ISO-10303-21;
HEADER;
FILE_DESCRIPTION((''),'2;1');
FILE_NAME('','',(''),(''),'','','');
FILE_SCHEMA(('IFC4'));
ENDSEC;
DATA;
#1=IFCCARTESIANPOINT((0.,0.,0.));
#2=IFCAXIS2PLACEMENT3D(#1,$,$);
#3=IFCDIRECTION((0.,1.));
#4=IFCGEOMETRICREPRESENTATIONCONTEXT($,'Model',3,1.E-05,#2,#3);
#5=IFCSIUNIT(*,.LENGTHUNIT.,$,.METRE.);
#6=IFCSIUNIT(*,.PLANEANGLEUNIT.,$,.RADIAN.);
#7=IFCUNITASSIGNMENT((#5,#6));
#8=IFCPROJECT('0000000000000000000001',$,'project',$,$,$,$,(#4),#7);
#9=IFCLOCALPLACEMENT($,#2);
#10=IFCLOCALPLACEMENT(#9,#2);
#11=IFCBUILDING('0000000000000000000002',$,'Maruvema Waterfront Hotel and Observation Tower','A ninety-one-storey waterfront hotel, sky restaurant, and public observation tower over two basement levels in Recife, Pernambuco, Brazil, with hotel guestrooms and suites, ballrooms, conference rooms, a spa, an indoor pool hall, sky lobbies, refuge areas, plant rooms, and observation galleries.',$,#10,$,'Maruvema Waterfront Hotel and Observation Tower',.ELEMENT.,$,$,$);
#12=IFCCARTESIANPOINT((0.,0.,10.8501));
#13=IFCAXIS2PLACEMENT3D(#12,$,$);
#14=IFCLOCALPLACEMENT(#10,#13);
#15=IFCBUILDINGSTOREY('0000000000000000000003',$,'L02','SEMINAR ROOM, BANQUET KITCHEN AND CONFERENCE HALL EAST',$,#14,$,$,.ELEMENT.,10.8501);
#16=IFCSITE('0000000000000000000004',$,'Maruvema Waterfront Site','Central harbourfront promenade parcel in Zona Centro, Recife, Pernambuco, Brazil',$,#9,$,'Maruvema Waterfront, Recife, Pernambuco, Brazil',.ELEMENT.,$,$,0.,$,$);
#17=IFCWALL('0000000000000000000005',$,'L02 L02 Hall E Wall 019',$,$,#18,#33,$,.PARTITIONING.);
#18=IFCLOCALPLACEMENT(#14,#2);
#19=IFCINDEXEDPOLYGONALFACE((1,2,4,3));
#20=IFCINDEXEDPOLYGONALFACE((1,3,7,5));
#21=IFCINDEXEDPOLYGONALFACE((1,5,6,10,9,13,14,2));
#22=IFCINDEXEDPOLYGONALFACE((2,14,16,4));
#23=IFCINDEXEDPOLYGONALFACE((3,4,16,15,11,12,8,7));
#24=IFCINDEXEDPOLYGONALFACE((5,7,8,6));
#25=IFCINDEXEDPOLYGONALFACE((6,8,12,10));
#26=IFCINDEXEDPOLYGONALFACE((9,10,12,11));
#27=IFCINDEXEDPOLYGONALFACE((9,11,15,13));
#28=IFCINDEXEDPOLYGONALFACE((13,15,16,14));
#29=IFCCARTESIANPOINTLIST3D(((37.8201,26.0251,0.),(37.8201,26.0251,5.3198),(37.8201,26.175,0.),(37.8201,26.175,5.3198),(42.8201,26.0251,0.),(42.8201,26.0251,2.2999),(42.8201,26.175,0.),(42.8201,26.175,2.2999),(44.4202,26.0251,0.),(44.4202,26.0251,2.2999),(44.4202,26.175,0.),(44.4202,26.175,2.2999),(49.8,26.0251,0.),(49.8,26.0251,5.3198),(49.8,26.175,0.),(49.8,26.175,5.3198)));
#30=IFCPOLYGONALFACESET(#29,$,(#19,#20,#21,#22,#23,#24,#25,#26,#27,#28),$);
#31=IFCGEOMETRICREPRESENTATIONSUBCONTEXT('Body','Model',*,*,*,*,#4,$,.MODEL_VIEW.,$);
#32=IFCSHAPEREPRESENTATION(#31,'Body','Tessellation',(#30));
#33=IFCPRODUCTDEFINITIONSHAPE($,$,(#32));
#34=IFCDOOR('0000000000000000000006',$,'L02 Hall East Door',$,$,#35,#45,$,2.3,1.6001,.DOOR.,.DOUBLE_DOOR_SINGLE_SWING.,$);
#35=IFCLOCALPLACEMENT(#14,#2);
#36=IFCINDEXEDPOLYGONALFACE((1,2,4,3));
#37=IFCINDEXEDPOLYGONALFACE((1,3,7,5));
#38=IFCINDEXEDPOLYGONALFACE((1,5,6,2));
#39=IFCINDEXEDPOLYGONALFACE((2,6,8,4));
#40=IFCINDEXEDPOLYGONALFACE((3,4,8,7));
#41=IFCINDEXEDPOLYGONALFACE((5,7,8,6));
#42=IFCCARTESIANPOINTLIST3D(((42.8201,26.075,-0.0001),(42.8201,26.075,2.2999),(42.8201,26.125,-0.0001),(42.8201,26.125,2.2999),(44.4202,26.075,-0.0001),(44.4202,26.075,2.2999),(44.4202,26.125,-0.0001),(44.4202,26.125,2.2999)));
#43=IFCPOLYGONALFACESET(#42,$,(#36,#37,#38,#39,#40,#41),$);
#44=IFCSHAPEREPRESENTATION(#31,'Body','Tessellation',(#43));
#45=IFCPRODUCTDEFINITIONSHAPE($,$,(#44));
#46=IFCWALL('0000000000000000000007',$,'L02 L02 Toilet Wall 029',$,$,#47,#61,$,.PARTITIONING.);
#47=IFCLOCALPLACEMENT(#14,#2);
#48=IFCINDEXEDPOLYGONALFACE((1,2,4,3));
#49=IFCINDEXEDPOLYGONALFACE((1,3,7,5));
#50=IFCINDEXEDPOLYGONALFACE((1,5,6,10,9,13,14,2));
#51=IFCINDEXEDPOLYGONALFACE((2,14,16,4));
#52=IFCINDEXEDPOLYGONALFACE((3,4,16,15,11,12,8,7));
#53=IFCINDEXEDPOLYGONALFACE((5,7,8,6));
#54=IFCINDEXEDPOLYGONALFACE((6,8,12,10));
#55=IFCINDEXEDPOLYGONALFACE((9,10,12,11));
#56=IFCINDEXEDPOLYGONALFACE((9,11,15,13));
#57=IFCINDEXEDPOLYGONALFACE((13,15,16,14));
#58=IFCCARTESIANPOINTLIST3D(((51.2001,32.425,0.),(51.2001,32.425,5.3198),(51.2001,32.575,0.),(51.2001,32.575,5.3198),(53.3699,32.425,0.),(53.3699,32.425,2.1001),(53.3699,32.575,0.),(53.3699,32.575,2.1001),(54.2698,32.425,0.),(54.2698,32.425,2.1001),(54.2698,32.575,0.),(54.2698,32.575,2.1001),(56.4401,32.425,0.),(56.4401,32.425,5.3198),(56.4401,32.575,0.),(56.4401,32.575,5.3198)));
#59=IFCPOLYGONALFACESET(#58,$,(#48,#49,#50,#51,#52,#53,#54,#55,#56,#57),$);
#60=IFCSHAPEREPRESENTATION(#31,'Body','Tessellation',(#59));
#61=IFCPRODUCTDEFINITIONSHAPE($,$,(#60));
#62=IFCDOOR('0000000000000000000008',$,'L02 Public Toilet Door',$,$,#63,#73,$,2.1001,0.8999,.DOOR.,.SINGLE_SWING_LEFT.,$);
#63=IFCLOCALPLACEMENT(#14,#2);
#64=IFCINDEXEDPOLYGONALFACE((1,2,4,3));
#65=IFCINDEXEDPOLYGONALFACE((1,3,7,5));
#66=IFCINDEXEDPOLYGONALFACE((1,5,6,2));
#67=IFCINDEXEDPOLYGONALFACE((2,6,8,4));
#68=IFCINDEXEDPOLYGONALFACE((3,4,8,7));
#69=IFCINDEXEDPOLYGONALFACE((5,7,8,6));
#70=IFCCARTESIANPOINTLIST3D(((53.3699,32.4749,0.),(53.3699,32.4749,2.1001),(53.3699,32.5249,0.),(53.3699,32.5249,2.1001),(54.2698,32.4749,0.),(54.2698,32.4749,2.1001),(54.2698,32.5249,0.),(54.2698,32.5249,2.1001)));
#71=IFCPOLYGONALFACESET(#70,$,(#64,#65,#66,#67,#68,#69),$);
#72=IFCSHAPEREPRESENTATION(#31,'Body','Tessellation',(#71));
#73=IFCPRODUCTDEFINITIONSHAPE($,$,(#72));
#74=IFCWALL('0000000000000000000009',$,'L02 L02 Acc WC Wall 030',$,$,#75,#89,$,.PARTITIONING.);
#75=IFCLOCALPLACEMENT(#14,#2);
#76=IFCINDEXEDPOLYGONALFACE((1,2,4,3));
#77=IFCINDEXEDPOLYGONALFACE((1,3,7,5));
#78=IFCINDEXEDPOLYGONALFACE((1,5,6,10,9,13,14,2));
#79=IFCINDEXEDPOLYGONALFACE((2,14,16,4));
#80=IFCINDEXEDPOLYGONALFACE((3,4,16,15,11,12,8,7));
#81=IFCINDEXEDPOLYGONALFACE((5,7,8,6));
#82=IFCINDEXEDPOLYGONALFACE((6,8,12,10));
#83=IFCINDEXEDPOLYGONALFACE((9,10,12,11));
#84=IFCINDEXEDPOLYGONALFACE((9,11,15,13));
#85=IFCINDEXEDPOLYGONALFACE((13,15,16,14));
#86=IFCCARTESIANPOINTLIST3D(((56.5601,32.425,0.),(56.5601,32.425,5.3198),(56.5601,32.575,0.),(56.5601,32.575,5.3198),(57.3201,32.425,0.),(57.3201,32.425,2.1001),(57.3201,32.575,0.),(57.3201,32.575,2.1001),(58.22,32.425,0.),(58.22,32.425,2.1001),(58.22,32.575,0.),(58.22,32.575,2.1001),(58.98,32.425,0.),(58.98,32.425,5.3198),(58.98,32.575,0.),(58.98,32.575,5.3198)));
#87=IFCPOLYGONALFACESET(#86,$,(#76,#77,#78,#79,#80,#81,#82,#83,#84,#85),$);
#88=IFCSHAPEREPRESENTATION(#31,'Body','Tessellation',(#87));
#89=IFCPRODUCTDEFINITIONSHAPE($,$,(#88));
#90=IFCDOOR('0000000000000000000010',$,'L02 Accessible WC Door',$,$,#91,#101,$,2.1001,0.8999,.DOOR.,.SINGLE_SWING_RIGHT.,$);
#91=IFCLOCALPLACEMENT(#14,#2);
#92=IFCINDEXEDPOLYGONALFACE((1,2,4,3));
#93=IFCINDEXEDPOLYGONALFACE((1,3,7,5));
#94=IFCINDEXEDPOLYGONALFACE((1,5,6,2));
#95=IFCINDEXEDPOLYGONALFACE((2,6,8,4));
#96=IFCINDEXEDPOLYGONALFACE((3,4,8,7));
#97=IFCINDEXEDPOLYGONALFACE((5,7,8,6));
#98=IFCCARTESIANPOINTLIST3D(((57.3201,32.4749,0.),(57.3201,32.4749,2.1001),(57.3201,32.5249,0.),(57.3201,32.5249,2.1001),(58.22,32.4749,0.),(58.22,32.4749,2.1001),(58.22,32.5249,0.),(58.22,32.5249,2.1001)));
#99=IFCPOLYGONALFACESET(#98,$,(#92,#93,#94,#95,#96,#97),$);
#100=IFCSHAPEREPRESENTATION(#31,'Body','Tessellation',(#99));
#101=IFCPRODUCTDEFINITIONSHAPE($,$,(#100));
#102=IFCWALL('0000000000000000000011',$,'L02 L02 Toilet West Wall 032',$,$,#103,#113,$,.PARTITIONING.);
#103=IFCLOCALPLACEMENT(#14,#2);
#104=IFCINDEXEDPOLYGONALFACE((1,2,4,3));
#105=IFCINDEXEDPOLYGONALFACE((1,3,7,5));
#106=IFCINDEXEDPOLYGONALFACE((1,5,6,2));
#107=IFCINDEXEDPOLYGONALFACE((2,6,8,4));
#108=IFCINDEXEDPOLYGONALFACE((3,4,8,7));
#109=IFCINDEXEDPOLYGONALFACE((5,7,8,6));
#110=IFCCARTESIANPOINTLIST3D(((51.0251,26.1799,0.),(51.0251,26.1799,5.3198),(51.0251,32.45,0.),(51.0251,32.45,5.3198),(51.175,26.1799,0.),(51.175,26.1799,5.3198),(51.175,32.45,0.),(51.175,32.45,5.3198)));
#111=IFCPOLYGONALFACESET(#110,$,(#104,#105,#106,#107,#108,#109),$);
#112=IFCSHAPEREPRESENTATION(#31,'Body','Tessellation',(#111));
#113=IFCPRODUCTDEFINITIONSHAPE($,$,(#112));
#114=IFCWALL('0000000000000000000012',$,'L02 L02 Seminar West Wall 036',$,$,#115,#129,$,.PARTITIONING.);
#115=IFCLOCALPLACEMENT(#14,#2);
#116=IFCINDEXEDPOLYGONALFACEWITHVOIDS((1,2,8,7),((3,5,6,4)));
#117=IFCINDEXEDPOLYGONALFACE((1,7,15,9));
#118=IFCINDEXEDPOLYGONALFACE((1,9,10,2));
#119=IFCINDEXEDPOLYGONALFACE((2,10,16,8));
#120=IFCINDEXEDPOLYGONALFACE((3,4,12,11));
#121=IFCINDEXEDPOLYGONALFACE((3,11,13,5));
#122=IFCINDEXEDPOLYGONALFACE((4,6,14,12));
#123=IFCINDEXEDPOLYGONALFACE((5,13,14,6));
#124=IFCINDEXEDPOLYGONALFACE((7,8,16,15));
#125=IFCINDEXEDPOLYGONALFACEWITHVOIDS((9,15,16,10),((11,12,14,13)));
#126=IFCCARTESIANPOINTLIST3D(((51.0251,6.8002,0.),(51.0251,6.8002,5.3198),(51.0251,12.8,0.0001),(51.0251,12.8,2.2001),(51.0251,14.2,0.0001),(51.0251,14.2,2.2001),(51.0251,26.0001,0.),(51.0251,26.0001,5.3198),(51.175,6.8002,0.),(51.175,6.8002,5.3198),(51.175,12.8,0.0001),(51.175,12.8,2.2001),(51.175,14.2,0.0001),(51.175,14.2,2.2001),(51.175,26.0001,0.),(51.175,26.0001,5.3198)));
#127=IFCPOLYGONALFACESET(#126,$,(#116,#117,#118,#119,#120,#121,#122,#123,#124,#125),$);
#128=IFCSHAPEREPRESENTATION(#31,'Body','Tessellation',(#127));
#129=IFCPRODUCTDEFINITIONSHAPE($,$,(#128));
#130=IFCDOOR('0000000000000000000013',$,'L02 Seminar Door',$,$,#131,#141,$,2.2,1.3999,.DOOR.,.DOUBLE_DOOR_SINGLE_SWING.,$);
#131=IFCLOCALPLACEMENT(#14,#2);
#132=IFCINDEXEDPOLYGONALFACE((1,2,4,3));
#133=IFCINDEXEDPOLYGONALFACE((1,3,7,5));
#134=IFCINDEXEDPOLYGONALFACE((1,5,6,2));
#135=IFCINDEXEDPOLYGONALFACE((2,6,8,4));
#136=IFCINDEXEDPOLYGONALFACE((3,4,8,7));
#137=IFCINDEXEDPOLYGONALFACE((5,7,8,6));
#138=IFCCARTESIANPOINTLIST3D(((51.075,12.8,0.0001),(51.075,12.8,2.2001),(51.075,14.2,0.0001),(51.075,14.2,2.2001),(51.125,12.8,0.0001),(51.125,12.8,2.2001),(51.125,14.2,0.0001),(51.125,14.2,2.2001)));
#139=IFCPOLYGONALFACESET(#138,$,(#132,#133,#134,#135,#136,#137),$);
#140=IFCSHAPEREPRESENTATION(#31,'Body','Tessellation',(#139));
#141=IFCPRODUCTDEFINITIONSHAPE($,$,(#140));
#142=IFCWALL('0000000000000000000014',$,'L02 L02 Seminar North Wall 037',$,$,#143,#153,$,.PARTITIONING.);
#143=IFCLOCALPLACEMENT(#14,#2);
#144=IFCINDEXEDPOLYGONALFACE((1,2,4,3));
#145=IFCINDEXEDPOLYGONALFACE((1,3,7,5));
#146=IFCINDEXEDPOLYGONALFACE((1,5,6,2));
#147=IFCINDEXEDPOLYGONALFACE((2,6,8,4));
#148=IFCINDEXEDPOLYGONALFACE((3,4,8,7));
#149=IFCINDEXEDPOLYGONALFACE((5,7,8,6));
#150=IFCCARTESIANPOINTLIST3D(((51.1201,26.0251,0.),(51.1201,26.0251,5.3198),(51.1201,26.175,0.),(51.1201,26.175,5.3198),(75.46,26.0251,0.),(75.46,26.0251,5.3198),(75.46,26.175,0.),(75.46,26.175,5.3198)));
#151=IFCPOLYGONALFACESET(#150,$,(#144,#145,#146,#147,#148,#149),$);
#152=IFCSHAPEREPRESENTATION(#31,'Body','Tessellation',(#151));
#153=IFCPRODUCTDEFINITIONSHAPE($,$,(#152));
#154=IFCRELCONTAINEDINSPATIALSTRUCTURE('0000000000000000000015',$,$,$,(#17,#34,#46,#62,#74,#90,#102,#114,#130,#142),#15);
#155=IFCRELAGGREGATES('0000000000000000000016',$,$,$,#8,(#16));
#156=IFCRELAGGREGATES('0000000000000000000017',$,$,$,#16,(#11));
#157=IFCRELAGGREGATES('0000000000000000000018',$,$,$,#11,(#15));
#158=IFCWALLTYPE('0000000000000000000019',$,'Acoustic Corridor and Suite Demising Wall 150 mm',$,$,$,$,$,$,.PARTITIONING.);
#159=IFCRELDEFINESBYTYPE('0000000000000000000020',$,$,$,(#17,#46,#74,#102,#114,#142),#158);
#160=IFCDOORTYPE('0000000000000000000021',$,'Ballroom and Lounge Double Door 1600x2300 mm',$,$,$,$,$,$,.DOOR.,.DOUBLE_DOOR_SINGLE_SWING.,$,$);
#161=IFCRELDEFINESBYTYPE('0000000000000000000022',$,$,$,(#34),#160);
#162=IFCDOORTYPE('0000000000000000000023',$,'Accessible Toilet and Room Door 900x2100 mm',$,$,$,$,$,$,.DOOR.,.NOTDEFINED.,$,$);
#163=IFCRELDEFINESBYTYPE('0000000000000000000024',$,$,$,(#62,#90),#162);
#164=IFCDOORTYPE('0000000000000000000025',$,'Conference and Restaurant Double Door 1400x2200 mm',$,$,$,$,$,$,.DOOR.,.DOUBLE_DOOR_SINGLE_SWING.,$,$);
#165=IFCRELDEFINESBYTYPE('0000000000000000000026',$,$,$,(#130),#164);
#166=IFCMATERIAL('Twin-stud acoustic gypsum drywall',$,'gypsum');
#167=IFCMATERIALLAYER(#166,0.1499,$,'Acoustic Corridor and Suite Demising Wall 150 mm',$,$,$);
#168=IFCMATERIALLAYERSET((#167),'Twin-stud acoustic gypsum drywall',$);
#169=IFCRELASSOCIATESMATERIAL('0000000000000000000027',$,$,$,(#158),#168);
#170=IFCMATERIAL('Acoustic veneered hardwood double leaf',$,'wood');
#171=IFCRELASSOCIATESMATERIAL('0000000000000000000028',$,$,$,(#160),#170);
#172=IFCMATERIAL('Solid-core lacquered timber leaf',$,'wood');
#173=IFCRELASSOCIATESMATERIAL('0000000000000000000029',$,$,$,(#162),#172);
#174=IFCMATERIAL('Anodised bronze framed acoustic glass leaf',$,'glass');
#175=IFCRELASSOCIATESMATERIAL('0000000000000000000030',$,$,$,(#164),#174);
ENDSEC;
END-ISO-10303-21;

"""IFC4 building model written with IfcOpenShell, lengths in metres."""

from ifc_helpers import new_model, si_unit, direction, frame, frame_2d, origin, place, context, subcontext, project, spatial, rectangle, extrude, material, layer, layer_set, type_object, element, fill, save


model = new_model("IFC4")

# Units and contexts
model_context = context("Model", 3, precision=1e-05, world=origin(), true_north=direction((0.0, 1.0)))
body_context = subcontext(model_context, "Body", "Model", "MODEL_VIEW")
ifc_project = project(units=[si_unit("LENGTHUNIT", "METRE"), si_unit("PLANEANGLEUNIT", "RADIAN")], contexts=[model_context])

# Site, building, storey
site_placement = place(None, origin())
site = spatial("IfcSite", under=ifc_project, at=site_placement, Name="Maruvema Waterfront Site", Description="Central harbourfront promenade parcel in Zona Centro, Recife, Pernambuco, Brazil", LongName="Maruvema Waterfront, Recife, Pernambuco, Brazil", CompositionType="ELEMENT", RefElevation=0.0)
building_placement = place(site_placement, origin())
building = spatial("IfcBuilding", under=site, at=building_placement, Name="Maruvema Waterfront Hotel and Observation Tower", Description="A ninety-one-storey waterfront hotel, sky restaurant, and public observation tower over two basement levels in Recife, Pernambuco, Brazil, with hotel guestrooms and suites, ballrooms, conference rooms, a spa, an indoor pool hall, sky lobbies, refuge areas, plant rooms, and observation galleries.", LongName="Maruvema Waterfront Hotel and Observation Tower", CompositionType="ELEMENT")
storey_placement = place(building_placement, frame((0.0, 0.0, 10.8501)))
storey = spatial("IfcBuildingStorey", under=building, at=storey_placement, Name="L02", Description="SEMINAR ROOM, BANQUET KITCHEN AND CONFERENCE HALL EAST", CompositionType="ELEMENT", Elevation=10.8501)

# Walls, openings, doors
ifc_material_1 = material(Name="Twin-stud acoustic gypsum drywall", Category="gypsum")
ifc_layer_1 = layer(ifc_material_1, 0.1499, Name="Acoustic Corridor and Suite Demising Wall 150 mm")
ifc_layer_set_1 = layer_set([ifc_layer_1], Name="Twin-stud acoustic gypsum drywall")
wall_type_1 = type_object("IfcWallType", Name="Acoustic Corridor and Suite Demising Wall 150 mm", PredefinedType="PARTITIONING", material=ifc_layer_set_1)
wall_1_placement = place(storey_placement, frame((37.8201, 26.1001, 0.0), z_axis=(0.0, 0.0, 1.0), x_axis=(1.0, 0.0, 0.0)))
wall_1 = element("IfcWall", 1, at=wall_1_placement, inside=storey, type_object=wall_type_1, Name="L02 L02 Hall E Wall 019", PredefinedType="PARTITIONING", context=body_context, shape_type="SweptSolid", body=[
    extrude(rectangle(XDim=11.98, YDim=0.1499, at=frame_2d((5.99, 0.0))), origin(), (0.0, 0.0, 1.0), 5.3198),
])
opening_1_placement = place(wall_1_placement, frame((5.0, 0.0, 0.0)))
opening_1 = element("IfcOpeningElement", 2, at=opening_1_placement, cuts=wall_1, PredefinedType="OPENING", context=body_context, shape_type="SweptSolid", body=[
    extrude(rectangle(XDim=1.6001, YDim=2.3, at=frame_2d((0.8, 1.1499))), frame((0.0, 0.085, 0.0), z_axis=(0.0, -1.0, 0.0), x_axis=(1.0, 0.0, 0.0)), (0.0, 0.0, 1.0), 0.1699),
])
ifc_material_2 = material(Name="Acoustic veneered hardwood double leaf", Category="wood")
door_type_1 = type_object("IfcDoorType", Name="Ballroom and Lounge Double Door 1600x2300 mm", OperationType="DOUBLE_DOOR_SINGLE_SWING", PredefinedType="DOOR", material=ifc_material_2)
door_1_placement = place(opening_1_placement, origin())
door_1 = element("IfcDoor", 3, at=door_1_placement, inside=storey, type_object=door_type_1, Name="L02 Hall East Door", OperationType="DOUBLE_DOOR_SINGLE_SWING", OverallHeight=2.3, OverallWidth=1.6001, PredefinedType="DOOR", context=body_context, shape_type="SweptSolid", body=[
    extrude(rectangle(XDim=1.6001, YDim=2.3, at=frame_2d((0.8, 1.1499))), frame((0.0, 0.0249, 0.0), z_axis=(0.0, -1.0, 0.0), x_axis=(1.0, 0.0, 0.0)), (0.0, 0.0, 1.0), 0.05),
])
fill(opening_1, door_1)
wall_2_placement = place(storey_placement, frame((51.2, 32.5, 0.0), z_axis=(0.0, 0.0, 1.0), x_axis=(1.0, 0.0, 0.0)))
wall_2 = element("IfcWall", 4, at=wall_2_placement, inside=storey, type_object=wall_type_1, Name="L02 L02 Toilet Wall 029", PredefinedType="PARTITIONING", context=body_context, shape_type="SweptSolid", body=[
    extrude(rectangle(XDim=5.24, YDim=0.1499, at=frame_2d((2.6201, 0.0))), origin(), (0.0, 0.0, 1.0), 5.3198),
])
opening_2_placement = place(wall_2_placement, frame((2.1699, 0.0, 0.0)))
opening_2 = element("IfcOpeningElement", 5, at=opening_2_placement, cuts=wall_2, PredefinedType="OPENING", context=body_context, shape_type="SweptSolid", body=[
    extrude(rectangle(XDim=0.8999, YDim=2.1001, at=frame_2d((0.45, 1.05))), frame((0.0, 0.085, 0.0), z_axis=(0.0, -1.0, 0.0), x_axis=(1.0, 0.0, 0.0)), (0.0, 0.0, 1.0), 0.1699),
])
ifc_material_3 = material(Name="Solid-core lacquered timber leaf", Category="wood")
door_type_2 = type_object("IfcDoorType", Name="Accessible Toilet and Room Door 900x2100 mm", OperationType="NOTDEFINED", PredefinedType="DOOR", material=ifc_material_3)
door_2_placement = place(opening_2_placement, origin())
door_2 = element("IfcDoor", 6, at=door_2_placement, inside=storey, type_object=door_type_2, Name="L02 Public Toilet Door", OperationType="SINGLE_SWING_LEFT", OverallHeight=2.1001, OverallWidth=0.8999, PredefinedType="DOOR", context=body_context, shape_type="SweptSolid", body=[
    extrude(rectangle(XDim=0.8999, YDim=2.1001, at=frame_2d((0.45, 1.05))), frame((0.0, 0.0249, 0.0), z_axis=(0.0, -1.0, 0.0), x_axis=(1.0, 0.0, 0.0)), (0.0, 0.0, 1.0), 0.05),
])
fill(opening_2, door_2)
wall_3_placement = place(storey_placement, frame((56.5601, 32.5, 0.0), z_axis=(0.0, 0.0, 1.0), x_axis=(1.0, 0.0, 0.0)))
wall_3 = element("IfcWall", 7, at=wall_3_placement, inside=storey, type_object=wall_type_1, Name="L02 L02 Acc WC Wall 030", PredefinedType="PARTITIONING", context=body_context, shape_type="SweptSolid", body=[
    extrude(rectangle(XDim=2.4199, YDim=0.1499, at=frame_2d((1.21, 0.0))), origin(), (0.0, 0.0, 1.0), 5.3198),
])
opening_3_placement = place(wall_3_placement, frame((0.76, 0.0, 0.0)))
opening_3 = element("IfcOpeningElement", 8, at=opening_3_placement, cuts=wall_3, PredefinedType="OPENING", context=body_context, shape_type="SweptSolid", body=[
    extrude(rectangle(XDim=0.8999, YDim=2.1001, at=frame_2d((0.45, 1.05))), frame((0.0, 0.085, 0.0), z_axis=(0.0, -1.0, 0.0), x_axis=(1.0, 0.0, 0.0)), (0.0, 0.0, 1.0), 0.1699),
])
door_3_placement = place(opening_3_placement, origin())
door_3 = element("IfcDoor", 9, at=door_3_placement, inside=storey, type_object=door_type_2, Name="L02 Accessible WC Door", OperationType="SINGLE_SWING_RIGHT", OverallHeight=2.1001, OverallWidth=0.8999, PredefinedType="DOOR", context=body_context, shape_type="SweptSolid", body=[
    extrude(rectangle(XDim=0.8999, YDim=2.1001, at=frame_2d((0.45, 1.05))), frame((0.0, 0.0249, 0.0), z_axis=(0.0, -1.0, 0.0), x_axis=(1.0, 0.0, 0.0)), (0.0, 0.0, 1.0), 0.05),
])
fill(opening_3, door_3)

# Wall
wall_4_placement = place(storey_placement, frame((51.1001, 26.1799, 0.0), z_axis=(0.0, 0.0, 1.0), x_axis=(0.0, 1.0, 0.0)))
element("IfcWall", 10, at=wall_4_placement, inside=storey, type_object=wall_type_1, Name="L02 L02 Toilet West Wall 032", PredefinedType="PARTITIONING", context=body_context, shape_type="SweptSolid", body=[
    extrude(rectangle(XDim=6.27, YDim=0.1499, at=frame_2d((3.135, 0.0))), origin(), (0.0, 0.0, 1.0), 5.3198),
])

# Wall, opening, door
wall_5_placement = place(storey_placement, frame((51.1001, 6.8, 0.0), z_axis=(0.0, 0.0, 1.0), x_axis=(0.0, 1.0, 0.0)))
wall_5 = element("IfcWall", 11, at=wall_5_placement, inside=storey, type_object=wall_type_1, Name="L02 L02 Seminar West Wall 036", PredefinedType="PARTITIONING", context=body_context, shape_type="SweptSolid", body=[
    extrude(rectangle(XDim=19.2, YDim=0.1499, at=frame_2d((9.6001, 0.0))), origin(), (0.0, 0.0, 1.0), 5.3198),
])
opening_4_placement = place(wall_5_placement, frame((6.0, 0.0, 0.0)))
opening_4 = element("IfcOpeningElement", 12, at=opening_4_placement, cuts=wall_5, PredefinedType="OPENING", context=body_context, shape_type="SweptSolid", body=[
    extrude(rectangle(XDim=1.3999, YDim=2.2, at=frame_2d((0.7, 1.1001))), frame((0.0, 0.085, 0.0), z_axis=(0.0, -1.0, 0.0), x_axis=(1.0, 0.0, 0.0)), (0.0, 0.0, 1.0), 0.1699),
])
ifc_material_4 = material(Name="Anodised bronze framed acoustic glass leaf", Category="glass")
door_type_3 = type_object("IfcDoorType", Name="Conference and Restaurant Double Door 1400x2200 mm", OperationType="DOUBLE_DOOR_SINGLE_SWING", PredefinedType="DOOR", material=ifc_material_4)
door_4_placement = place(opening_4_placement, frame((1.3999, 0.0, 0.0), z_axis=(0.0, 0.0, 1.0), x_axis=(-1.0, 0.0, 0.0)))
door_4 = element("IfcDoor", 13, at=door_4_placement, inside=storey, type_object=door_type_3, Name="L02 Seminar Door", OperationType="DOUBLE_DOOR_SINGLE_SWING", OverallHeight=2.2, OverallWidth=1.3999, PredefinedType="DOOR", context=body_context, shape_type="SweptSolid", body=[
    extrude(rectangle(XDim=1.3999, YDim=2.2, at=frame_2d((0.7, 1.1001))), frame((0.0, 0.0249, 0.0), z_axis=(0.0, -1.0, 0.0), x_axis=(1.0, 0.0, 0.0)), (0.0, 0.0, 1.0), 0.05),
])
fill(opening_4, door_4)

# Wall
wall_6_placement = place(storey_placement, frame((51.1201, 26.1001, 0.0), z_axis=(0.0, 0.0, 1.0), x_axis=(1.0, 0.0, 0.0)))
element("IfcWall", 14, at=wall_6_placement, inside=storey, type_object=wall_type_1, Name="L02 L02 Seminar North Wall 037", PredefinedType="PARTITIONING", context=body_context, shape_type="SweptSolid", body=[
    extrude(rectangle(XDim=24.3398, YDim=0.1499, at=frame_2d((12.1699, 0.0))), origin(), (0.0, 0.0, 1.0), 5.3198),
])

save(model, "model.ifc")
